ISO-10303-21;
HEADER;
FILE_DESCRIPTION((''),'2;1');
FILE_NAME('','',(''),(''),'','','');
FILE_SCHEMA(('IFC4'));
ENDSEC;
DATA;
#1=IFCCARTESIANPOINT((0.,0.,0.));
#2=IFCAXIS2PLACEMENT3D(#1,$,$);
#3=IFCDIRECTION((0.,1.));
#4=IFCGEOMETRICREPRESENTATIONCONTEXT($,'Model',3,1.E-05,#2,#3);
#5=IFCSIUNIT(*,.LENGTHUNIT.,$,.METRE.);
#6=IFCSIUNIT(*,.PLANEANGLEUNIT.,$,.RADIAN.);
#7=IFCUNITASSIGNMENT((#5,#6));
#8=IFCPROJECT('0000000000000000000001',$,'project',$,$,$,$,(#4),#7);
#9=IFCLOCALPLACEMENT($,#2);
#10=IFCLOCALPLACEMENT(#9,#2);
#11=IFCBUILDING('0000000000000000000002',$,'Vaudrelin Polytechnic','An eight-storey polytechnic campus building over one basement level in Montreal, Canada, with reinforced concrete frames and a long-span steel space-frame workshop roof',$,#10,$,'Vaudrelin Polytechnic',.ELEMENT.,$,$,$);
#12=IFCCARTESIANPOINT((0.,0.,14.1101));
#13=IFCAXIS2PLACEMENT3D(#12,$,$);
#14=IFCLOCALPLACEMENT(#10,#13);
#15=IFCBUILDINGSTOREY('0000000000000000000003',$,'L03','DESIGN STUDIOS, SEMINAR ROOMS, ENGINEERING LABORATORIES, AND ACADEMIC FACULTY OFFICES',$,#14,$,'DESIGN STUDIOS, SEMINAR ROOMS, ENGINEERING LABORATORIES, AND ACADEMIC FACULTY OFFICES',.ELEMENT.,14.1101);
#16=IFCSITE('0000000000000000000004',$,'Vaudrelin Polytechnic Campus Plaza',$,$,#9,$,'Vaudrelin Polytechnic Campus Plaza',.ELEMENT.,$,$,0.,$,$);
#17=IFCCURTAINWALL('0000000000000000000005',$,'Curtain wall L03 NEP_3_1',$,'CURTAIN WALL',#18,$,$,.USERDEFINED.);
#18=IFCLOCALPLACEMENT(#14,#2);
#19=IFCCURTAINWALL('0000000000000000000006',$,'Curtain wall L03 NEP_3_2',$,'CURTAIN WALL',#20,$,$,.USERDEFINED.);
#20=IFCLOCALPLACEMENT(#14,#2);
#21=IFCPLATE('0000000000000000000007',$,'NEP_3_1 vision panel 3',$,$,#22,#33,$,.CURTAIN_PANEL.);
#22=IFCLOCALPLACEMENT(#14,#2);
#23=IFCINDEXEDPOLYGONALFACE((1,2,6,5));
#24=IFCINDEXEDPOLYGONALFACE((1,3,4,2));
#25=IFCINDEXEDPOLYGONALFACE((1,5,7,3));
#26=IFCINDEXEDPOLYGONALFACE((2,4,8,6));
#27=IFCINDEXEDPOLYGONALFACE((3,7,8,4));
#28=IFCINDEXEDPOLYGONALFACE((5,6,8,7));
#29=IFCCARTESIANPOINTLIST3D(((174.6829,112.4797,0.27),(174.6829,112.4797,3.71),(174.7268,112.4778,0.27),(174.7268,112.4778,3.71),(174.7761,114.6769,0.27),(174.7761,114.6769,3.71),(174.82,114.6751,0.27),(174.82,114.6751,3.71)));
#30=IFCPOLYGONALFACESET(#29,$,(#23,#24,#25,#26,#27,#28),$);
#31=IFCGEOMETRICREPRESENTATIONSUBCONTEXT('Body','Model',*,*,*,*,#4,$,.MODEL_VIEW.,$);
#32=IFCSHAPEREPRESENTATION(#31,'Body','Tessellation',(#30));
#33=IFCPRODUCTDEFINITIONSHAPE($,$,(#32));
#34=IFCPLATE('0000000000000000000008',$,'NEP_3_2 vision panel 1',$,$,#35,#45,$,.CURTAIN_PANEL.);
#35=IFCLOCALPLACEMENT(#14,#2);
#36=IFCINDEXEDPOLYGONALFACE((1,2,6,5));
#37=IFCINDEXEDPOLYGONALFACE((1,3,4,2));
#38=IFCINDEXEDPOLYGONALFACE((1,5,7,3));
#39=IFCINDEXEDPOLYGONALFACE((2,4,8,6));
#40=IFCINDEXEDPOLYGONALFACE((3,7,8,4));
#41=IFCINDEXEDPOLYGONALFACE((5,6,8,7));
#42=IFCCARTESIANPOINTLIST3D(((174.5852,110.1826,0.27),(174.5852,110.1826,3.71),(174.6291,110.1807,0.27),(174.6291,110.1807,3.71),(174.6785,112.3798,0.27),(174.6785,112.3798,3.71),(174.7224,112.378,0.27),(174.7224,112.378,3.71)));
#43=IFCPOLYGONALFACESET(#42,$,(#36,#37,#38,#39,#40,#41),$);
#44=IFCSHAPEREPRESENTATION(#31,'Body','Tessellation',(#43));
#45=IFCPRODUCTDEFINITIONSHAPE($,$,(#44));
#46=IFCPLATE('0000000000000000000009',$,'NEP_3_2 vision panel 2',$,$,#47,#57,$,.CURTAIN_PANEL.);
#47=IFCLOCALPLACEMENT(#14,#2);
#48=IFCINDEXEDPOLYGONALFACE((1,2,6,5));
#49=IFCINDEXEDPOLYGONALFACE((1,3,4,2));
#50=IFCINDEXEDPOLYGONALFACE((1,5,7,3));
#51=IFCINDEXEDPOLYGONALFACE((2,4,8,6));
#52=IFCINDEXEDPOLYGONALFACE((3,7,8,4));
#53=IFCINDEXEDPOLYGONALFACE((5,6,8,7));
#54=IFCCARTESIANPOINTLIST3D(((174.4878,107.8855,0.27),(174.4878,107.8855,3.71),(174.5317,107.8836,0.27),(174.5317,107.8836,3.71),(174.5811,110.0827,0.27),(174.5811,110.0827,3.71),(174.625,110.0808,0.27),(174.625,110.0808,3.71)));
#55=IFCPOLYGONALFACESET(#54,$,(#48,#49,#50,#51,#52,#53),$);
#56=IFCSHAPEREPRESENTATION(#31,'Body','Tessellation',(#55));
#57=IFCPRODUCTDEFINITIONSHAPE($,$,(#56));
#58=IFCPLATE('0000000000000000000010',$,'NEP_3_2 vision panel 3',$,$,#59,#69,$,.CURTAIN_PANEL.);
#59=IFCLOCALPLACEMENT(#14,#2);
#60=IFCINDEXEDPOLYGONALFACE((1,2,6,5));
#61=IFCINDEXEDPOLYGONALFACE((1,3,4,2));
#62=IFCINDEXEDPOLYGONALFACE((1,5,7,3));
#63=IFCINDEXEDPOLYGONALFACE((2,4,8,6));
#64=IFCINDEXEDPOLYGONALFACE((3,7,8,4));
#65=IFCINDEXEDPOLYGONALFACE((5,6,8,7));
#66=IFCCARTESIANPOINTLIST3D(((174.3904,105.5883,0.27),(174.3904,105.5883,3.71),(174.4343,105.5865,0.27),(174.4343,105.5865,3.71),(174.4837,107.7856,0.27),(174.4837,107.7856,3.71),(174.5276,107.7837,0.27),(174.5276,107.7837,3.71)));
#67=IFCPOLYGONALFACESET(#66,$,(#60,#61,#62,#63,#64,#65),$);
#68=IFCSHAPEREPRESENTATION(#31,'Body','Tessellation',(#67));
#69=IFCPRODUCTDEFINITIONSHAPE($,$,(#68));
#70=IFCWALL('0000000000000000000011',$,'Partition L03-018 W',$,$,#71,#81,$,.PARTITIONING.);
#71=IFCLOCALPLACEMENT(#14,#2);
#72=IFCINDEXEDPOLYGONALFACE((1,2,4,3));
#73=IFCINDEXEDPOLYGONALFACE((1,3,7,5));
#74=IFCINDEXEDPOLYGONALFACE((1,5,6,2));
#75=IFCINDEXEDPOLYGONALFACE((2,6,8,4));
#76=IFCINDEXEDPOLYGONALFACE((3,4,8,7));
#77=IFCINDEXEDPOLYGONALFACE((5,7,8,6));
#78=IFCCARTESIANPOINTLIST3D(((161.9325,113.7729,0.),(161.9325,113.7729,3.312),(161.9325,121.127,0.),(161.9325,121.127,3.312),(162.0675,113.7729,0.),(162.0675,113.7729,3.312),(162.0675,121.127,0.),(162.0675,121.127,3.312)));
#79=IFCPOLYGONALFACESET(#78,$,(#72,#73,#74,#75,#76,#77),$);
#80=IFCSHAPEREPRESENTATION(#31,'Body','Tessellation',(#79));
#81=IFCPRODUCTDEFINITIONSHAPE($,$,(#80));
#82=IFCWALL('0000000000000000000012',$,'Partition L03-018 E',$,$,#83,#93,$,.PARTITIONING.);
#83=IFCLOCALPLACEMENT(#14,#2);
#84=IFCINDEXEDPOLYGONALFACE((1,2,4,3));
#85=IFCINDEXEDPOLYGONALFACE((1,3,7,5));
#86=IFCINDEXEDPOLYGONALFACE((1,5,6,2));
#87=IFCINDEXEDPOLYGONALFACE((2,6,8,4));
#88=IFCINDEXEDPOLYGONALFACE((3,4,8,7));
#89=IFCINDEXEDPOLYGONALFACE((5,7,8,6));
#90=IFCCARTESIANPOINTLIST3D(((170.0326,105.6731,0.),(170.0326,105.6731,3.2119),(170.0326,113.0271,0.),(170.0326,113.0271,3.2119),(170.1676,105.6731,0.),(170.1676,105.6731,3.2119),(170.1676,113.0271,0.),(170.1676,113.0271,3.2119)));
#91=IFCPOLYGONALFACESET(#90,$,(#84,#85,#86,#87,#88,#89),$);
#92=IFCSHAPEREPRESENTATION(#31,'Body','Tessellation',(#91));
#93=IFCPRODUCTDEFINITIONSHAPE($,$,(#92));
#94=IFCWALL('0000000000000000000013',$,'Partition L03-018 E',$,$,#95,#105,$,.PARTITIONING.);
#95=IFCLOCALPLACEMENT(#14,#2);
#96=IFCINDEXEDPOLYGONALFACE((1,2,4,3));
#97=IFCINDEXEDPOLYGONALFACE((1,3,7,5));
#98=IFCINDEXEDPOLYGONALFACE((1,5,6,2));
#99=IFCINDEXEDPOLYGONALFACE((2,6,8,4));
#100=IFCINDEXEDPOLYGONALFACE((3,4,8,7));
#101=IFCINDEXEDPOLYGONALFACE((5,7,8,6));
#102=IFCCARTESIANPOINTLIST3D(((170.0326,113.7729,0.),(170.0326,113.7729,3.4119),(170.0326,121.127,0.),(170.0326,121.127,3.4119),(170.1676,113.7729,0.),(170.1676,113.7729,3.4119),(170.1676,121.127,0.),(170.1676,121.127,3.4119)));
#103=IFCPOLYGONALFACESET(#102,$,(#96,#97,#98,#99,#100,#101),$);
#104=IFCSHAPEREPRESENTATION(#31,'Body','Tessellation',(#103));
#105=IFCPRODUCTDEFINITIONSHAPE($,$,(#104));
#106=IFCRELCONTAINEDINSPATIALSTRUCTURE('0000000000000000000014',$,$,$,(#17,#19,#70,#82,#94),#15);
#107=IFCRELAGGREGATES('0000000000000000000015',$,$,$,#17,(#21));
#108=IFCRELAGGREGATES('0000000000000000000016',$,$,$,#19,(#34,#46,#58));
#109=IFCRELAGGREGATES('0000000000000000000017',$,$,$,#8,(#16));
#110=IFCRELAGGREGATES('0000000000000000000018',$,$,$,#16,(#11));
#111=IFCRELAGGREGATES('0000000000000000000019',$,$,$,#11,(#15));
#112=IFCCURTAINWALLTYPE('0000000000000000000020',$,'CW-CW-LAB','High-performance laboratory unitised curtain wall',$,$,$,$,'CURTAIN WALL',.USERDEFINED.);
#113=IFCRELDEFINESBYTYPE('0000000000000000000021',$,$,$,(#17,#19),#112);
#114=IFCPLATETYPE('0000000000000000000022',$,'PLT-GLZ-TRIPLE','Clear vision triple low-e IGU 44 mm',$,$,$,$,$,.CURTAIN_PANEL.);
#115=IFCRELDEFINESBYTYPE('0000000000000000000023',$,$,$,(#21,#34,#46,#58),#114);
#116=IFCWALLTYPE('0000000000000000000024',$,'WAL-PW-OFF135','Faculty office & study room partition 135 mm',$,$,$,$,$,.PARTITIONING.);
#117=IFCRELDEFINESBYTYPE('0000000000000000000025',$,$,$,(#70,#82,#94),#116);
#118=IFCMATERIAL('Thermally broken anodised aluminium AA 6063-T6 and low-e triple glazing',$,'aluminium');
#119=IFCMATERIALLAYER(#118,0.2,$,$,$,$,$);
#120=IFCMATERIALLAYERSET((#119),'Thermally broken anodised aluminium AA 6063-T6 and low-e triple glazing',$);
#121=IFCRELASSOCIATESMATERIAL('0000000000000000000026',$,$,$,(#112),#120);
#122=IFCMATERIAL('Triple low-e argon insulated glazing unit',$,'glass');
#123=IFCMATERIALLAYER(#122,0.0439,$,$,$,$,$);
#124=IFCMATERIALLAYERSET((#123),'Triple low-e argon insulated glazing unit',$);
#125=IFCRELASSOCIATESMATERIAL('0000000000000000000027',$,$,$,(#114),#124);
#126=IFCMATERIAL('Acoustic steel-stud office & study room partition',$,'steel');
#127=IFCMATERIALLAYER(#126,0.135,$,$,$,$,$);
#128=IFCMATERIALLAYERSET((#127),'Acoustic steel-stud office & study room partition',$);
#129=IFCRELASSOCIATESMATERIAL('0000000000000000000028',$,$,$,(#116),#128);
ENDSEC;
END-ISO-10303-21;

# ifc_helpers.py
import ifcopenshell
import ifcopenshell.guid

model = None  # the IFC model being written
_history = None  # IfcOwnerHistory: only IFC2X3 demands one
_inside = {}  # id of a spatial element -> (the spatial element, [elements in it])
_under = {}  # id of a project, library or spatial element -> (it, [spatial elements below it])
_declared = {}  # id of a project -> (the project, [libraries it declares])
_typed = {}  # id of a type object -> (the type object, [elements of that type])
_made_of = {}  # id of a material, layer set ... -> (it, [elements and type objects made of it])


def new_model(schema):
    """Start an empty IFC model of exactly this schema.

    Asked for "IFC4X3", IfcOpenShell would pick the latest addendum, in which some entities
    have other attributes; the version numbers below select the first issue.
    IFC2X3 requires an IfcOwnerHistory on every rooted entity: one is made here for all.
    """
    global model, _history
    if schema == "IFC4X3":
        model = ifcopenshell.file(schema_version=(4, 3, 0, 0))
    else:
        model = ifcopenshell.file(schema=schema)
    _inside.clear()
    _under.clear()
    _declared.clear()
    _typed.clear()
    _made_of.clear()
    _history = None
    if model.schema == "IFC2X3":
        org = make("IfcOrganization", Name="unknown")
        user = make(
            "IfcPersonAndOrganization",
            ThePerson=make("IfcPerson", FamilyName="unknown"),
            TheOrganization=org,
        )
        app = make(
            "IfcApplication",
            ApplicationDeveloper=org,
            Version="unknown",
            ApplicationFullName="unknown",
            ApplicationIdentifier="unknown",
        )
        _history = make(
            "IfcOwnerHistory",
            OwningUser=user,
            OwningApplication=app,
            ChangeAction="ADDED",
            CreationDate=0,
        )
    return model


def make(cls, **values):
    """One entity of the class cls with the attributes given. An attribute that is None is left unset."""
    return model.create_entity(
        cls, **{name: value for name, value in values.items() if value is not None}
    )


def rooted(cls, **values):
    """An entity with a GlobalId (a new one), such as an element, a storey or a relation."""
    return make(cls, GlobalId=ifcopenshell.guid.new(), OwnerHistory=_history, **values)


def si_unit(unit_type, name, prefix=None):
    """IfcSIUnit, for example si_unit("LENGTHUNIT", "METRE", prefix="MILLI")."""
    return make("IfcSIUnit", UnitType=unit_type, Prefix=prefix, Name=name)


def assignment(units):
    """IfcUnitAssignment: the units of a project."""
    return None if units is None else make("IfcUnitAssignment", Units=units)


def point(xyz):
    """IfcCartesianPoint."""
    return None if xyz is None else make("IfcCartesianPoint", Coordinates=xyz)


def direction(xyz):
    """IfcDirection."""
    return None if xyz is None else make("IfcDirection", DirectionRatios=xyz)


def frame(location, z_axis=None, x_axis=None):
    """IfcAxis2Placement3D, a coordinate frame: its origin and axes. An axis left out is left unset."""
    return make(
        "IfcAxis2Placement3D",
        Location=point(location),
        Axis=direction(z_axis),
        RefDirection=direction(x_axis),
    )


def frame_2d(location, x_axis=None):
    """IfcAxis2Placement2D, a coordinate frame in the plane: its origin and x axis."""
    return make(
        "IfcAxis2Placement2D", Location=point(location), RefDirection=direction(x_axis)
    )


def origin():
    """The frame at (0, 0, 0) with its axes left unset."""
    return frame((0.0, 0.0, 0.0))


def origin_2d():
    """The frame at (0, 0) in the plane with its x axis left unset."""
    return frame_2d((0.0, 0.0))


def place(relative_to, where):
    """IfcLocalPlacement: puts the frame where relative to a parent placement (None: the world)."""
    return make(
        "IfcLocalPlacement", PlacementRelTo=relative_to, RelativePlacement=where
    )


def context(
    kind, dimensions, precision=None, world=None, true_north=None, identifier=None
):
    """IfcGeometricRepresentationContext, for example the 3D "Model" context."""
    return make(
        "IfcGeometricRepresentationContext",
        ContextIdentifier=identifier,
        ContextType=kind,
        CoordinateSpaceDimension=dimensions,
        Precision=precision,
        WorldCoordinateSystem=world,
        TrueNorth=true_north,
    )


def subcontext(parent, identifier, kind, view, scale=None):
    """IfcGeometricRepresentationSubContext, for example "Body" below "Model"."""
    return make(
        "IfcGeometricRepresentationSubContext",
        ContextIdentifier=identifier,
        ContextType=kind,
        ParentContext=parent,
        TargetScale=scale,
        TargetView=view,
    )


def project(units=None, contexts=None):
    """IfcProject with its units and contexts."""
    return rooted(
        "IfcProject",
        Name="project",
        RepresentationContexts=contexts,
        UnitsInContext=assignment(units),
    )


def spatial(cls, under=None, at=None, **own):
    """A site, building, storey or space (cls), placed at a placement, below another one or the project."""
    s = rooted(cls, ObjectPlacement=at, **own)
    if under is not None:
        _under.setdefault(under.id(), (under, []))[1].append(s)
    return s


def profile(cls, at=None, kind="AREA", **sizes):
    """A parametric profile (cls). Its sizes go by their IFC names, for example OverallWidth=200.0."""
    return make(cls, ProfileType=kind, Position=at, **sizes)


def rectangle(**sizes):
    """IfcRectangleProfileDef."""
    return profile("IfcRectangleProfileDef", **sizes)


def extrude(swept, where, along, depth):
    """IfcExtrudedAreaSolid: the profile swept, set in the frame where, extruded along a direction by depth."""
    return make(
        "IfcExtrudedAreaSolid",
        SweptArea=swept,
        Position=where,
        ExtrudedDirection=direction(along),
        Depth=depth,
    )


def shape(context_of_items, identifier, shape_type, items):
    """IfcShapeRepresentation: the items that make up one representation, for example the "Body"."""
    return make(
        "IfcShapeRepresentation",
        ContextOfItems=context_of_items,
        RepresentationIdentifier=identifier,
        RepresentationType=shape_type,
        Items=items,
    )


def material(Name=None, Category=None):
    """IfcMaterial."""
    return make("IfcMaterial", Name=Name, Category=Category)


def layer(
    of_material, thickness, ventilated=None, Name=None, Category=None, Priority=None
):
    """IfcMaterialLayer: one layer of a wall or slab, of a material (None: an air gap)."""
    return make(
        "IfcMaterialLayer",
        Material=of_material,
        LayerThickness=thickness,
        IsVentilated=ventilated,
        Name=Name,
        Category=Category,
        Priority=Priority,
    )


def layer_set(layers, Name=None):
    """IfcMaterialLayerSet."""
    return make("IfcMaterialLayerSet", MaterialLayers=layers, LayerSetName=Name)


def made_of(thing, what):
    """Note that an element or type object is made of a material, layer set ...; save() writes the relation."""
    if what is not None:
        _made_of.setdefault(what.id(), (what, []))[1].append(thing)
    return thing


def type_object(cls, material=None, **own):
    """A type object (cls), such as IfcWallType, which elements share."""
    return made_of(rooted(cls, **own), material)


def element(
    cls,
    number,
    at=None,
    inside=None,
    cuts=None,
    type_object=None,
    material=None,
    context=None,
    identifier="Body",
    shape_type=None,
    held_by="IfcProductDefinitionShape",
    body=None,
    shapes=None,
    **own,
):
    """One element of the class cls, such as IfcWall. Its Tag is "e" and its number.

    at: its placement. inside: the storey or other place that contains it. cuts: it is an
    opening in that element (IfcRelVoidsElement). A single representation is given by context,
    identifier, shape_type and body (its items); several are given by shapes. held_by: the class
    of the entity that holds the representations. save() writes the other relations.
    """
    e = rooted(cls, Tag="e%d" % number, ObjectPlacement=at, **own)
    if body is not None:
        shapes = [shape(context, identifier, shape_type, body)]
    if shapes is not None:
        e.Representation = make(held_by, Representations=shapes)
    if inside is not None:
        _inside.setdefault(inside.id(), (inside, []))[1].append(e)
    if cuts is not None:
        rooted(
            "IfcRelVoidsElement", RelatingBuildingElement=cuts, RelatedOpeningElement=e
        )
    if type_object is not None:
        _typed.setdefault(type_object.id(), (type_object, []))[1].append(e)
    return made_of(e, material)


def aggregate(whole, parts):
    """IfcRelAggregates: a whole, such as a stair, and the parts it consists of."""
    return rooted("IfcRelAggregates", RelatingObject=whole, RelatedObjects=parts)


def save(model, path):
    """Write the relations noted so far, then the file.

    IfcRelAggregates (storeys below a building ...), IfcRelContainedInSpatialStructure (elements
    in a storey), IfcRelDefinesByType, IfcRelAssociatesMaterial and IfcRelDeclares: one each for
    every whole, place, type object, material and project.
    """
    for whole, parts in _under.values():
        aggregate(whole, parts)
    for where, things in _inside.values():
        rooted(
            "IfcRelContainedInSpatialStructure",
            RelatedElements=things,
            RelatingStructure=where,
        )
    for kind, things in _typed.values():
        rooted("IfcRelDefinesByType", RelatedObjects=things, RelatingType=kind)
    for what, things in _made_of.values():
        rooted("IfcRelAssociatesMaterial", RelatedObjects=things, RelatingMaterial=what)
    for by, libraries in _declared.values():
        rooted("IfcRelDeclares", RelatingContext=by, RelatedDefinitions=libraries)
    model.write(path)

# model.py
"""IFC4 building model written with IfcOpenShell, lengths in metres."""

from ifc_helpers import new_model, si_unit, direction, frame, frame_2d, origin, origin_2d, place, context, subcontext, project, spatial, rectangle, extrude, material, layer, layer_set, type_object, element, aggregate, save


model = new_model("IFC4")

# Units and contexts
model_context = context("Model", 3, precision=1e-05, world=origin(), true_north=direction((0.0, 1.0)))
body_context = subcontext(model_context, "Body", "Model", "MODEL_VIEW")
ifc_project = project(units=[si_unit("LENGTHUNIT", "METRE"), si_unit("PLANEANGLEUNIT", "RADIAN")], contexts=[model_context])

# Site, building, storey
site_placement = place(None, origin())
site = spatial("IfcSite", under=ifc_project, at=site_placement, Name="Vaudrelin Polytechnic Campus Plaza", LongName="Vaudrelin Polytechnic Campus Plaza", CompositionType="ELEMENT", RefElevation=0.0)
building_placement = place(site_placement, origin())
building = spatial("IfcBuilding", under=site, at=building_placement, Name="Vaudrelin Polytechnic", Description="An eight-storey polytechnic campus building over one basement level in Montreal, Canada, with reinforced concrete frames and a long-span steel space-frame workshop roof", LongName="Vaudrelin Polytechnic", CompositionType="ELEMENT")
storey_placement = place(building_placement, frame((0.0, 0.0, 14.1101)))
storey = spatial("IfcBuildingStorey", under=building, at=storey_placement, Name="L03", Description="DESIGN STUDIOS, SEMINAR ROOMS, ENGINEERING LABORATORIES, AND ACADEMIC FACULTY OFFICES", LongName="DESIGN STUDIOS, SEMINAR ROOMS, ENGINEERING LABORATORIES, AND ACADEMIC FACULTY OFFICES", CompositionType="ELEMENT", Elevation=14.1101)

# Curtain walls
ifc_material_1 = material(Name="Thermally broken anodised aluminium AA 6063-T6 and low-e triple glazing", Category="aluminium")
ifc_layer_1 = layer(ifc_material_1, 0.2)
ifc_layer_set_1 = layer_set([ifc_layer_1], Name="Thermally broken anodised aluminium AA 6063-T6 and low-e triple glazing")
curtain_wall_type = type_object("IfcCurtainWallType", Name="CW-CW-LAB", Description="High-performance laboratory unitised curtain wall", ElementType="CURTAIN WALL", PredefinedType="USERDEFINED", material=ifc_layer_set_1)
curtain_wall_1_placement = place(storey_placement, origin())
curtain_wall_1 = element("IfcCurtainWall", 1, at=curtain_wall_1_placement, inside=storey, type_object=curtain_wall_type, Name="Curtain wall L03 NEP_3_1", ObjectType="CURTAIN WALL", PredefinedType="USERDEFINED")
curtain_wall_2_placement = place(storey_placement, origin())
curtain_wall_2 = element("IfcCurtainWall", 2, at=curtain_wall_2_placement, inside=storey, type_object=curtain_wall_type, Name="Curtain wall L03 NEP_3_2", ObjectType="CURTAIN WALL", PredefinedType="USERDEFINED")

# Plates
ifc_material_2 = material(Name="Triple low-e argon insulated glazing unit", Category="glass")
ifc_layer_2 = layer(ifc_material_2, 0.0439)
ifc_layer_set_2 = layer_set([ifc_layer_2], Name="Triple low-e argon insulated glazing unit")
plate_type_1 = type_object("IfcPlateType", Name="PLT-GLZ-TRIPLE", Description="Clear vision triple low-e IGU 44 mm", PredefinedType="CURTAIN_PANEL", material=ifc_layer_set_2)
plate_1_placement = place(storey_placement, frame((174.7515, 113.5774, 0.27), z_axis=(0.0, 0.0, 1.0), x_axis=(-0.042405, -0.9991, 0.0)))
plate_1 = element("IfcPlate", 3, at=plate_1_placement, type_object=plate_type_1, Name="NEP_3_1 vision panel 3", PredefinedType="CURTAIN_PANEL", context=body_context, shape_type="SweptSolid", body=[
    extrude(rectangle(XDim=2.1992, YDim=0.0439, at=origin_2d()), origin(), (0.0, 0.0, 1.0), 3.4399),
])
aggregate(curtain_wall_1, [plate_1])
plate_2_placement = place(storey_placement, frame((174.6538, 111.2803, 0.27), z_axis=(0.0, 0.0, 1.0), x_axis=(-0.04242, -0.9991, 0.0)))
plate_2 = element("IfcPlate", 4, at=plate_2_placement, type_object=plate_type_1, Name="NEP_3_2 vision panel 1", PredefinedType="CURTAIN_PANEL", context=body_context, shape_type="SweptSolid", body=[
    extrude(rectangle(XDim=2.1992, YDim=0.0439, at=origin_2d()), origin(), (0.0, 0.0, 1.0), 3.4399),
])
plate_3_placement = place(storey_placement, frame((174.5564, 108.9832, 0.27), z_axis=(0.0, 0.0, 1.0), x_axis=(-0.04242, -0.9991, 0.0)))
plate_3 = element("IfcPlate", 5, at=plate_3_placement, type_object=plate_type_1, Name="NEP_3_2 vision panel 2", PredefinedType="CURTAIN_PANEL", context=body_context, shape_type="SweptSolid", body=[
    extrude(rectangle(XDim=2.1992, YDim=0.0439, at=origin_2d()), origin(), (0.0, 0.0, 1.0), 3.4399),
])
plate_4_placement = place(storey_placement, frame((174.459, 106.686, 0.27), z_axis=(0.0, 0.0, 1.0), x_axis=(-0.04242, -0.9991, 0.0)))
plate_4 = element("IfcPlate", 6, at=plate_4_placement, type_object=plate_type_1, Name="NEP_3_2 vision panel 3", PredefinedType="CURTAIN_PANEL", context=body_context, shape_type="SweptSolid", body=[
    extrude(rectangle(XDim=2.1992, YDim=0.0439, at=origin_2d()), origin(), (0.0, 0.0, 1.0), 3.4399),
])
aggregate(curtain_wall_2, [plate_2, plate_3, plate_4])

# Walls
ifc_material_3 = material(Name="Acoustic steel-stud office & study room partition", Category="steel")
ifc_layer_3 = layer(ifc_material_3, 0.135)
ifc_layer_set_3 = layer_set([ifc_layer_3], Name="Acoustic steel-stud office & study room partition")
wall_type = type_object("IfcWallType", Name="WAL-PW-OFF135", Description="Faculty office & study room partition 135 mm", PredefinedType="PARTITIONING", material=ifc_layer_set_3)
wall_1_placement = place(storey_placement, frame((162.0, 113.7729, 0.0), z_axis=(0.0, 0.0, 1.0), x_axis=(0.0, 1.0, 0.0)))
element("IfcWall", 7, at=wall_1_placement, inside=storey, type_object=wall_type, Name="Partition L03-018 W", PredefinedType="PARTITIONING", context=body_context, shape_type="SweptSolid", body=[
    extrude(rectangle(XDim=7.354, YDim=0.135, at=frame_2d((3.677, 0.0))), origin(), (0.0, 0.0, 1.0), 3.312),
])
wall_2_placement = place(storey_placement, frame((170.1001, 105.6731, 0.0), z_axis=(0.0, 0.0, 1.0), x_axis=(0.0, 1.0, 0.0)))
element("IfcWall", 8, at=wall_2_placement, inside=storey, type_object=wall_type, Name="Partition L03-018 E", PredefinedType="PARTITIONING", context=body_context, shape_type="SweptSolid", body=[
    extrude(rectangle(XDim=7.354, YDim=0.135, at=frame_2d((3.677, 0.0))), origin(), (0.0, 0.0, 1.0), 3.2119),
])
wall_3_placement = place(storey_placement, frame((170.1001, 113.7729, 0.0), z_axis=(0.0, 0.0, 1.0), x_axis=(0.0, 1.0, 0.0)))
element("IfcWall", 9, at=wall_3_placement, inside=storey, type_object=wall_type, Name="Partition L03-018 E", PredefinedType="PARTITIONING", context=body_context, shape_type="SweptSolid", body=[
    extrude(rectangle(XDim=7.354, YDim=0.135, at=frame_2d((3.677, 0.0))), origin(), (0.0, 0.0, 1.0), 3.4119),
])

save(model, "model.ifc")
